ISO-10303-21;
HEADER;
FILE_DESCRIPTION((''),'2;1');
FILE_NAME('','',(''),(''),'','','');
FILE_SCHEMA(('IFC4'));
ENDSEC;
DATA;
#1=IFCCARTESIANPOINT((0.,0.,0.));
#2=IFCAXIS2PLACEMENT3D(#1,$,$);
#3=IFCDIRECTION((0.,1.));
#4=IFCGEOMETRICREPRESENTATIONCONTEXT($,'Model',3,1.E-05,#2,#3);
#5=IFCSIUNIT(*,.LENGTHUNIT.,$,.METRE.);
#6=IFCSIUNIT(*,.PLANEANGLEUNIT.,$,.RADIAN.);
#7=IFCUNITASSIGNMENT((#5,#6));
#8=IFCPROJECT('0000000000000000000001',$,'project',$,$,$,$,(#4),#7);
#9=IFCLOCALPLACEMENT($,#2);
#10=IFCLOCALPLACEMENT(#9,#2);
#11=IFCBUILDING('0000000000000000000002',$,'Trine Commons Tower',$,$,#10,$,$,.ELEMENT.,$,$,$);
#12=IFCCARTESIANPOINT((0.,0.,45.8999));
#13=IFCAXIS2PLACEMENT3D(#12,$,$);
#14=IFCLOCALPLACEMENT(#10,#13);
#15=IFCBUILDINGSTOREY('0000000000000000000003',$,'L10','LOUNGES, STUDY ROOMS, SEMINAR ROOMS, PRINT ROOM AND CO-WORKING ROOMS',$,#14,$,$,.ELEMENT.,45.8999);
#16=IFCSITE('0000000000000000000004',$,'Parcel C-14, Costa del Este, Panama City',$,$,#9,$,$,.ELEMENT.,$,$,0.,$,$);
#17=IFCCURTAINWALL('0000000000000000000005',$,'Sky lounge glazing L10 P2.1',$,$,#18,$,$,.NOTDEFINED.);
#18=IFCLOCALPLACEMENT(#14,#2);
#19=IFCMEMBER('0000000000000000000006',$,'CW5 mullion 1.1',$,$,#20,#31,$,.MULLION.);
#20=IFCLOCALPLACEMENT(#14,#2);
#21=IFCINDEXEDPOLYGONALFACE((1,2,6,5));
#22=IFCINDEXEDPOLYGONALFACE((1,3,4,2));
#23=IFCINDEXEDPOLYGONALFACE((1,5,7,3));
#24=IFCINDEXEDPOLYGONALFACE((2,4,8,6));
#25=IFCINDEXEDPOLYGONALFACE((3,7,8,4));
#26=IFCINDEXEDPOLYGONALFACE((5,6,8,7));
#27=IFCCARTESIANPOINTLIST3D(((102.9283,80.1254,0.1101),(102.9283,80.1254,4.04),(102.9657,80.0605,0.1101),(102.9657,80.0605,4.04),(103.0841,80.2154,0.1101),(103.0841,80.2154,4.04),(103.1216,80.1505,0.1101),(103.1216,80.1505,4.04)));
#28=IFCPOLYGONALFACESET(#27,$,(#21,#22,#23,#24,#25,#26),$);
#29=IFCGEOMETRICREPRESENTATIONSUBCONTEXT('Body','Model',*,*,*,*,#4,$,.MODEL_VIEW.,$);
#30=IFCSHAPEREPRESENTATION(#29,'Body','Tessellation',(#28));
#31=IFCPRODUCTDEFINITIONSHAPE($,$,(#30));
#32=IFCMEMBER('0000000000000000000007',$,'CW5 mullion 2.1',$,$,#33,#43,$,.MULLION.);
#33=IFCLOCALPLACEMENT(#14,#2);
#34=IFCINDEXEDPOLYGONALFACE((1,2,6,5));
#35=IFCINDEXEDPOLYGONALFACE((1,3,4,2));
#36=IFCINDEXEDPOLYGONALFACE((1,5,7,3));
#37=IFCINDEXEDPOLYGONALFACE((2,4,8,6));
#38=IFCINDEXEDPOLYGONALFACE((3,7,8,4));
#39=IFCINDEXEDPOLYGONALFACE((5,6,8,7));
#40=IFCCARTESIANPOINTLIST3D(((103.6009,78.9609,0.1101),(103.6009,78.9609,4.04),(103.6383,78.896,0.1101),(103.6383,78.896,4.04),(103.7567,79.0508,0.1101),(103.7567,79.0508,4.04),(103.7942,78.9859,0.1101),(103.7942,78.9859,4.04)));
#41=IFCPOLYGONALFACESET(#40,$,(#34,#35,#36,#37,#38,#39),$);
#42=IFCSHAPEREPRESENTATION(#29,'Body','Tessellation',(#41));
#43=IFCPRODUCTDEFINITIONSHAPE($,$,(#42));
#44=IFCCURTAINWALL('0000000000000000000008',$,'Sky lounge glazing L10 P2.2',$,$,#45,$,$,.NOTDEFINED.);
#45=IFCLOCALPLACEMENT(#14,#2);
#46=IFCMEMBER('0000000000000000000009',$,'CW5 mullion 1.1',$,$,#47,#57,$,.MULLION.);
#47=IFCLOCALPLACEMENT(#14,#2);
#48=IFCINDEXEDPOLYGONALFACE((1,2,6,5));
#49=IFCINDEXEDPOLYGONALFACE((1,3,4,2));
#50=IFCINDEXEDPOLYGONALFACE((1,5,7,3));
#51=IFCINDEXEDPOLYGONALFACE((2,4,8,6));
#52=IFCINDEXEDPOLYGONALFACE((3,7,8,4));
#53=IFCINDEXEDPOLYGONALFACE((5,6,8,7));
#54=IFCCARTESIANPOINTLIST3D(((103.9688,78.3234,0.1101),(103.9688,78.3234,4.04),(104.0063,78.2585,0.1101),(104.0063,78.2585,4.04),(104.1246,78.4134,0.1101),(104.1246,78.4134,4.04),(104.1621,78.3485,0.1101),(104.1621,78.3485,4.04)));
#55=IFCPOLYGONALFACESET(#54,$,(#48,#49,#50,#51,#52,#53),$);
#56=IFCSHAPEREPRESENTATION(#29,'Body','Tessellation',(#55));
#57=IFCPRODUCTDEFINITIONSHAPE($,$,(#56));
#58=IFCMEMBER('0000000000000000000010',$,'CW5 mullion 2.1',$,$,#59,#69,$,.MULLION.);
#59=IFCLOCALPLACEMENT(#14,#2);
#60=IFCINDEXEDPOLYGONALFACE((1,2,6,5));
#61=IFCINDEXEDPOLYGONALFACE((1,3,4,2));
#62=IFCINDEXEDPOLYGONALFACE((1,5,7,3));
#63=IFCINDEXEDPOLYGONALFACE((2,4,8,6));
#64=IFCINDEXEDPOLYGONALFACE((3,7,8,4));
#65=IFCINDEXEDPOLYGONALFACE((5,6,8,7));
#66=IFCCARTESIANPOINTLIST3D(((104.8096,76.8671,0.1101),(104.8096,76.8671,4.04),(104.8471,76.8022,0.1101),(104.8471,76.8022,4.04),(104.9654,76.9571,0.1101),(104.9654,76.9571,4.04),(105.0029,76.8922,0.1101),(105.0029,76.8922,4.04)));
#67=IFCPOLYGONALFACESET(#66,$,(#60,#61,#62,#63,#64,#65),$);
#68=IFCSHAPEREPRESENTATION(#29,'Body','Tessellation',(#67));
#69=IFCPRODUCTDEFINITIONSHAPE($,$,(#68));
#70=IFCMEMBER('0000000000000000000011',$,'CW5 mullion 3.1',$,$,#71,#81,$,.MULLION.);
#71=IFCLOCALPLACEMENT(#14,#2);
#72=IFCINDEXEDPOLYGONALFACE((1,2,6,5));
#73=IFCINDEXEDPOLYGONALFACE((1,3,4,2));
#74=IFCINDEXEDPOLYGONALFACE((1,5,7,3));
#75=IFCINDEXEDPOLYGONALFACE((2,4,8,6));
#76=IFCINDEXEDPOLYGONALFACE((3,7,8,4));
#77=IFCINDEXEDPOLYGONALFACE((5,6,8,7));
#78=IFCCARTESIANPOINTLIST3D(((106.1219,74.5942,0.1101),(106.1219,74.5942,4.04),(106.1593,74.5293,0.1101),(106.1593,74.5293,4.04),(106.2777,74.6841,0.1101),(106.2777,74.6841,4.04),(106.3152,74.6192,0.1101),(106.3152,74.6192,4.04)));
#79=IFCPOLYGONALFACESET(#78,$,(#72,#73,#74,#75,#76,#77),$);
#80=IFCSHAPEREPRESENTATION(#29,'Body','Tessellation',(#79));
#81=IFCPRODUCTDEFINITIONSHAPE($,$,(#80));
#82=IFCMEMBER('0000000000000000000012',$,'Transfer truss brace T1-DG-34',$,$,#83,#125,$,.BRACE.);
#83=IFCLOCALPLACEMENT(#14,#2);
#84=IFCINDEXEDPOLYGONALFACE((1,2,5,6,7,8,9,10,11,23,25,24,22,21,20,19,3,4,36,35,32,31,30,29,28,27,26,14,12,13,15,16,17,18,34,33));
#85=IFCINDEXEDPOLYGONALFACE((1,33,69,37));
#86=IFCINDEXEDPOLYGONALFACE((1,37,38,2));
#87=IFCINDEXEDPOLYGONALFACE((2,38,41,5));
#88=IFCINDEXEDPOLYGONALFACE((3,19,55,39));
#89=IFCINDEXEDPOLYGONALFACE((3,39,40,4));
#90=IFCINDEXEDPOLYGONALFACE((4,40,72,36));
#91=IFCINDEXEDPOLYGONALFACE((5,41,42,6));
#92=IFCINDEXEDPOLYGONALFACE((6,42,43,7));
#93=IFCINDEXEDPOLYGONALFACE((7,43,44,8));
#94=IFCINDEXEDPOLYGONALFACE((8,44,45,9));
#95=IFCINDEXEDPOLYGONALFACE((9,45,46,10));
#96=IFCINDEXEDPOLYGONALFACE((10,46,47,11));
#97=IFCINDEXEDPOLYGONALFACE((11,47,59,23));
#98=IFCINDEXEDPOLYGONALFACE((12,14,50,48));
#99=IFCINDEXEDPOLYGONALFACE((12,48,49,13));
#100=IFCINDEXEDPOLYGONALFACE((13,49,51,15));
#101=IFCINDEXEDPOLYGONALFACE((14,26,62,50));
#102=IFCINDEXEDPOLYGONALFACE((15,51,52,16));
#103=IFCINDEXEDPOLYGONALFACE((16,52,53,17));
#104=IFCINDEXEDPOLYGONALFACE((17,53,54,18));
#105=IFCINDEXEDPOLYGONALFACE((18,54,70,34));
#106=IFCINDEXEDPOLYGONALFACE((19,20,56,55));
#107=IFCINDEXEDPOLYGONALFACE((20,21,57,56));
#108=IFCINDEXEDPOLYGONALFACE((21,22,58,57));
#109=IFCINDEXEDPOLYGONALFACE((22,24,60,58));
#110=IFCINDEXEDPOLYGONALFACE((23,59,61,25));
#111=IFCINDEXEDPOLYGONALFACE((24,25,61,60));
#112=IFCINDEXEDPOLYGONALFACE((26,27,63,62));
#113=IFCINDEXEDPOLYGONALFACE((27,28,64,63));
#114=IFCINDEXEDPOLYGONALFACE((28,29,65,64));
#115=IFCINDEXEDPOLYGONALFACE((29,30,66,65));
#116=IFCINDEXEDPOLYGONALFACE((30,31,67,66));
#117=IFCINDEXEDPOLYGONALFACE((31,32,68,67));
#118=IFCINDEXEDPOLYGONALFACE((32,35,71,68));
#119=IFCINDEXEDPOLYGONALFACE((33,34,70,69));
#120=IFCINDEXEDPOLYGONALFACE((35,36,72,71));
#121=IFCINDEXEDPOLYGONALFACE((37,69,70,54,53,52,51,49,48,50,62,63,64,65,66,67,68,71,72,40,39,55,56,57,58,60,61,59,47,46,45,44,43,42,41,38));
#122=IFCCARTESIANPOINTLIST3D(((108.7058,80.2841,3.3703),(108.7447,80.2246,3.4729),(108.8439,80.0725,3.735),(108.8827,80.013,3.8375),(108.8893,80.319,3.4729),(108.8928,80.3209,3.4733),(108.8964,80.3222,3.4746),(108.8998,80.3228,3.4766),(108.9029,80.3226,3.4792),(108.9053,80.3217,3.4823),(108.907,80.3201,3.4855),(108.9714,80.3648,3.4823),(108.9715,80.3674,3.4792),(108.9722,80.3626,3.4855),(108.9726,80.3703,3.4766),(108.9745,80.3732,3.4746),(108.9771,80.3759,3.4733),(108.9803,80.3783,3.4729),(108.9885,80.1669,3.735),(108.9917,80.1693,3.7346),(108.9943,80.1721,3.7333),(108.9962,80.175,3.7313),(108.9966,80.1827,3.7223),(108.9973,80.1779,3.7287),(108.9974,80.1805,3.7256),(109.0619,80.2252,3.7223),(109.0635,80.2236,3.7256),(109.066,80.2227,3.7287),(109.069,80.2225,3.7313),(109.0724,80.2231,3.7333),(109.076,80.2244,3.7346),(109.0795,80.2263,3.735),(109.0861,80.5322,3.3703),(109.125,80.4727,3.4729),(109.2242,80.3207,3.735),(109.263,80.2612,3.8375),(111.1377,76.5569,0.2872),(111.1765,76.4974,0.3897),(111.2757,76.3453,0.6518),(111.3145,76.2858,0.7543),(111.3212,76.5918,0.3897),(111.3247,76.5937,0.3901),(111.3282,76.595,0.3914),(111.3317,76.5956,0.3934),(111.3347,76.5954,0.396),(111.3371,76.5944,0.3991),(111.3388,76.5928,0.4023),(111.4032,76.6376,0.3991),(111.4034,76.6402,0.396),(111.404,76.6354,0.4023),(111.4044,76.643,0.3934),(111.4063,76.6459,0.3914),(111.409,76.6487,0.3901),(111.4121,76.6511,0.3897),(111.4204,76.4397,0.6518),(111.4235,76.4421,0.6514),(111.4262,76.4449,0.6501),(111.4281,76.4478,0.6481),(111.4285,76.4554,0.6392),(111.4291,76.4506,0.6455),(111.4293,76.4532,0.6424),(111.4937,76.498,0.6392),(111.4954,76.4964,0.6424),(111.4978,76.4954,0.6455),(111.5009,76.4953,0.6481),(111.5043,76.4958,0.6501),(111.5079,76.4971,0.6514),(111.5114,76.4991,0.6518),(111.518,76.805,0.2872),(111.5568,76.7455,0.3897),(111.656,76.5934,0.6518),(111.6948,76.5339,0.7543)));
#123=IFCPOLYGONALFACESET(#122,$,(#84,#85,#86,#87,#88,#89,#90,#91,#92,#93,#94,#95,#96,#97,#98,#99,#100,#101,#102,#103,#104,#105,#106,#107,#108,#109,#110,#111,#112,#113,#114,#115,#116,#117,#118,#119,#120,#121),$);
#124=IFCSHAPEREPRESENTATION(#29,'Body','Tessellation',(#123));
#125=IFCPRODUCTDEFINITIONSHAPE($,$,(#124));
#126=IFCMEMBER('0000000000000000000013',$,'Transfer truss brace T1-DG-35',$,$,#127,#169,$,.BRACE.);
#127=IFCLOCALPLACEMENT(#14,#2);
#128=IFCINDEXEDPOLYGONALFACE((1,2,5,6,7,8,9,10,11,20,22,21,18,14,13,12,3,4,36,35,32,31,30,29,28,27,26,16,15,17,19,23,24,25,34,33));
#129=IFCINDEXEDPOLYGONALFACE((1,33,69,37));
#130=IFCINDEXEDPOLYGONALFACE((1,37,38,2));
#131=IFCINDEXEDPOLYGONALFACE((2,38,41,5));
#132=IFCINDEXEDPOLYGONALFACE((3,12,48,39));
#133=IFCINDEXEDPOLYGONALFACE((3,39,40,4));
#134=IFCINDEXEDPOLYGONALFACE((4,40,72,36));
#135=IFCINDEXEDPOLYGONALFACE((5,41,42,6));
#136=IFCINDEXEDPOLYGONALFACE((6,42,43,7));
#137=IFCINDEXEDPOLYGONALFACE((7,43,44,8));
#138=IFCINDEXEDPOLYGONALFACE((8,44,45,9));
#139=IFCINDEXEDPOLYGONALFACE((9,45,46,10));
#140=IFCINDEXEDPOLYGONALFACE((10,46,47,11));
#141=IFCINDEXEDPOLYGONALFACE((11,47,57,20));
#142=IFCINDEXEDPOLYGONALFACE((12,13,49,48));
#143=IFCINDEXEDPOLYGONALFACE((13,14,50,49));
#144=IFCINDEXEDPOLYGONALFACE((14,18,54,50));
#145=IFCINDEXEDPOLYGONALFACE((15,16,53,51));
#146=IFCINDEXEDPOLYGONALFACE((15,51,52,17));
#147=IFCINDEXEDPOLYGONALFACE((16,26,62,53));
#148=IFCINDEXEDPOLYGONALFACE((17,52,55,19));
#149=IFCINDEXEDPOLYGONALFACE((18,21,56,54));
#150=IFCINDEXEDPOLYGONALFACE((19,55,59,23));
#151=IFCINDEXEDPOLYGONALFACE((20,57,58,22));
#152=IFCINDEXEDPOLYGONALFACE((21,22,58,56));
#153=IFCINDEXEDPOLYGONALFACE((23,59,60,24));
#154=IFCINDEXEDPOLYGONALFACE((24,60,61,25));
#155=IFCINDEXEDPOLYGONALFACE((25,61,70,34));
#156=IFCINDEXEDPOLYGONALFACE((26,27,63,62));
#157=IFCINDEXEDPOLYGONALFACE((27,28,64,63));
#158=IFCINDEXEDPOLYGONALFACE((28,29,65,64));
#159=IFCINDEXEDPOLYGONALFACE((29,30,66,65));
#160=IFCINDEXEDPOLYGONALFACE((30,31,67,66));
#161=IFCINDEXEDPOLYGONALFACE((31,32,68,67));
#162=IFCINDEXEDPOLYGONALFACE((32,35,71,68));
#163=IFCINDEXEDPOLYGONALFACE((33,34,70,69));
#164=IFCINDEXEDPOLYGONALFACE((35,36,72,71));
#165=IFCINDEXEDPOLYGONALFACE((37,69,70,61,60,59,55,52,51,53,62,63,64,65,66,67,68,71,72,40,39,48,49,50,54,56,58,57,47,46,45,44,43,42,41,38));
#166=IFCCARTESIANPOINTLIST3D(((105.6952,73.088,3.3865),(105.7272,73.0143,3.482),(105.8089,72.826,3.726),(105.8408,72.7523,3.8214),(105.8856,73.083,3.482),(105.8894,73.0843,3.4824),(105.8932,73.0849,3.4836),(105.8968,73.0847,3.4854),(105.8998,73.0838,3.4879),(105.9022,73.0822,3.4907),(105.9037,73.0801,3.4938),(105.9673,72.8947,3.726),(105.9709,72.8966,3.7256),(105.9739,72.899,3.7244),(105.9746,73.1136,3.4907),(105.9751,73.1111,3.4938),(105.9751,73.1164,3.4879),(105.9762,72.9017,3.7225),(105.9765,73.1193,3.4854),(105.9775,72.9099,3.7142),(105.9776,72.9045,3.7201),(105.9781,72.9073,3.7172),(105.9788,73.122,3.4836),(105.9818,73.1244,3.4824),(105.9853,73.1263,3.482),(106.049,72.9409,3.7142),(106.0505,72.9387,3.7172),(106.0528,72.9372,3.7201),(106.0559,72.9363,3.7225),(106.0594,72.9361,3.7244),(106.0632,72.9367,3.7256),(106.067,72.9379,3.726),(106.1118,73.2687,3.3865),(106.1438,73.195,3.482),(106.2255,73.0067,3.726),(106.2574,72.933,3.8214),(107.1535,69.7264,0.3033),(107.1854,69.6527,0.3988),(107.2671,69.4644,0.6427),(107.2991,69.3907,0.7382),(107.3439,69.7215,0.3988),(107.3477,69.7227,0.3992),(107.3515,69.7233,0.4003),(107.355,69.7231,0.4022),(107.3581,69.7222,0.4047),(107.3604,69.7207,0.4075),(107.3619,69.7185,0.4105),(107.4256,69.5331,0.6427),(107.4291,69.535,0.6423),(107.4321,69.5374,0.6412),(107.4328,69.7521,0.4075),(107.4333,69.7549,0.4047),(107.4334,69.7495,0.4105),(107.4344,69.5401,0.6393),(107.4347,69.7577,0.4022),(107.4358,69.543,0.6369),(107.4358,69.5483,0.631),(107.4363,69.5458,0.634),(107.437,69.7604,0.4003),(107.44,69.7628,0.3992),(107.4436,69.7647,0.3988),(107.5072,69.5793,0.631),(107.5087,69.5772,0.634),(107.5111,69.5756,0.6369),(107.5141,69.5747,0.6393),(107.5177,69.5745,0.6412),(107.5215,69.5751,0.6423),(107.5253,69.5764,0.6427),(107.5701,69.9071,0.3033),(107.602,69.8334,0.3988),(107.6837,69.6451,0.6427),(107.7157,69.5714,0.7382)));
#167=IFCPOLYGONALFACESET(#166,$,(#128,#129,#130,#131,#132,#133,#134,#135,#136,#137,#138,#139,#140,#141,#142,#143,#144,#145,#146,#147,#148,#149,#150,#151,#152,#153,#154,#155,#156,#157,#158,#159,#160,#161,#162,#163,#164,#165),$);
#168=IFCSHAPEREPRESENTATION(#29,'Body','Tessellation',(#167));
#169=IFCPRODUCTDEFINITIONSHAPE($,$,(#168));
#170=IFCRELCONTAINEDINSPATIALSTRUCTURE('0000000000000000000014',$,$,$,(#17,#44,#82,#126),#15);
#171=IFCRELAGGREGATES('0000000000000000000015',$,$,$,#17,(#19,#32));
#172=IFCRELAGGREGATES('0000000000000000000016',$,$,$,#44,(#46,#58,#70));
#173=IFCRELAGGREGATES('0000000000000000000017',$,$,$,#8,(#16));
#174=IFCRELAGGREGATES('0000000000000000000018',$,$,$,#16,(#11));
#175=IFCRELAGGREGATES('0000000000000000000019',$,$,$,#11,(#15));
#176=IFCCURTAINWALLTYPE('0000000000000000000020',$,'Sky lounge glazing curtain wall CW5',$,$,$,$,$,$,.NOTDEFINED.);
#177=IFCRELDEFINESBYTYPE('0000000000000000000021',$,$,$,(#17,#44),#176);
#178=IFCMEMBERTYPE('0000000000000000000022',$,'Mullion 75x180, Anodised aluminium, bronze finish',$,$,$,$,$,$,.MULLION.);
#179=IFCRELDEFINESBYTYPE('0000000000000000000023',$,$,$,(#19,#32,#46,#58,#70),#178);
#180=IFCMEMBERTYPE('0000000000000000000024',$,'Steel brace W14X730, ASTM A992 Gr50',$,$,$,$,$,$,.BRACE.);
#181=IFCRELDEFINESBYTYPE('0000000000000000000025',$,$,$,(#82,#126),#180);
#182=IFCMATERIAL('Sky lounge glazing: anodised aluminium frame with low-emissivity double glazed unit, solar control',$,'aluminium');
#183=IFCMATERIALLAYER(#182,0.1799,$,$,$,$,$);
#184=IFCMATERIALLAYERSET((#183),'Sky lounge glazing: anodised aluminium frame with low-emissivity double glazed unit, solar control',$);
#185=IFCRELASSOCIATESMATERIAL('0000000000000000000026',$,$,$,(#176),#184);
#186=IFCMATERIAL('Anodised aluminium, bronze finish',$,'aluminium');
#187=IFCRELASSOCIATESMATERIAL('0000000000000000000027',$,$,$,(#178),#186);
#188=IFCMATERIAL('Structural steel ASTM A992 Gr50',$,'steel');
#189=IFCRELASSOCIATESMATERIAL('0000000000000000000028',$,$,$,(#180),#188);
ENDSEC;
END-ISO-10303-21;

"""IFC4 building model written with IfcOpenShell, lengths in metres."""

from ifc_helpers import new_model, si_unit, direction, frame, origin, origin_2d, place, context, subcontext, project, spatial, rectangle, i_section, extrude, material, layer, layer_set, material_profile, profile_set, type_object, element, aggregate, save


model = new_model("IFC4")

# Units and contexts
model_context = context("Model", 3, precision=1e-05, world=origin(), true_north=direction((0.0, 1.0)))
body_context = subcontext(model_context, "Body", "Model", "MODEL_VIEW")
ifc_project = project(units=[si_unit("LENGTHUNIT", "METRE"), si_unit("PLANEANGLEUNIT", "RADIAN")], contexts=[model_context])

# Site, building, storey
site_placement = place(None, origin())
site = spatial("IfcSite", under=ifc_project, at=site_placement, Name="Parcel C-14, Costa del Este, Panama City", CompositionType="ELEMENT", RefElevation=0.0)
building_placement = place(site_placement, origin())
building = spatial("IfcBuilding", under=site, at=building_placement, Name="Trine Commons Tower", CompositionType="ELEMENT")
storey_placement = place(building_placement, frame((0.0, 0.0, 45.8999)))
storey = spatial("IfcBuildingStorey", under=building, at=storey_placement, Name="L10", Description="LOUNGES, STUDY ROOMS, SEMINAR ROOMS, PRINT ROOM AND CO-WORKING ROOMS", CompositionType="ELEMENT", Elevation=45.8999)

# Curtain walls, members
ifc_material_1 = material(Name="Sky lounge glazing: anodised aluminium frame with low-emissivity double glazed unit, solar control", Category="aluminium")
ifc_layer_1 = layer(ifc_material_1, 0.1799)
ifc_layer_set_1 = layer_set([ifc_layer_1], Name="Sky lounge glazing: anodised aluminium frame with low-emissivity double glazed unit, solar control")
curtain_wall_type = type_object("IfcCurtainWallType", Name="Sky lounge glazing curtain wall CW5", PredefinedType="NOTDEFINED", material=ifc_layer_set_1)
curtain_wall_1_placement = place(storey_placement, origin())
curtain_wall_1 = element("IfcCurtainWall", 1, at=curtain_wall_1_placement, inside=storey, type_object=curtain_wall_type, Name="Sky lounge glazing L10 P2.1", PredefinedType="NOTDEFINED")
ifc_material_2 = material(Name="Anodised aluminium, bronze finish", Category="aluminium")
ifc_material_profile_1 = material_profile(ifc_material_2, rectangle(XDim=0.1799, YDim=0.075, at=origin_2d()), Name="Mullion 75x180")
ifc_profile_set_1 = profile_set([ifc_material_profile_1], Name="Anodised aluminium, bronze finish")
member_type_1 = type_object("IfcMemberType", Name="Mullion 75x180, Anodised aluminium, bronze finish", PredefinedType="MULLION", material=ifc_profile_set_1)
member_1_placement = place(storey_placement, frame((103.0249, 80.1379, 0.1101), z_axis=(0.0, 0.0, 1.0), x_axis=(0.866025, 0.5, 0.0)))
member_1 = element("IfcMember", 2, at=member_1_placement, type_object=member_type_1, Name="CW5 mullion 1.1", PredefinedType="MULLION", context=body_context, shape_type="SweptSolid", body=[
    extrude(rectangle(XDim=0.1799, YDim=0.075, at=origin_2d()), origin(), (0.0, 0.0, 1.0), 3.9299),
])
member_2_placement = place(storey_placement, frame((103.6975, 78.9734, 0.1101), z_axis=(0.0, 0.0, 1.0), x_axis=(0.866025, 0.5, 0.0)))
member_2 = element("IfcMember", 3, at=member_2_placement, type_object=member_type_1, Name="CW5 mullion 2.1", PredefinedType="MULLION", context=body_context, shape_type="SweptSolid", body=[
    extrude(rectangle(XDim=0.1799, YDim=0.075, at=origin_2d()), origin(), (0.0, 0.0, 1.0), 3.9299),
])
curtain_wall_2_placement = place(storey_placement, origin())
curtain_wall_2 = element("IfcCurtainWall", 4, at=curtain_wall_2_placement, inside=storey, type_object=curtain_wall_type, Name="Sky lounge glazing L10 P2.2", PredefinedType="NOTDEFINED")
member_3_placement = place(storey_placement, frame((104.0654, 78.3359, 0.1101), z_axis=(0.0, 0.0, 1.0), x_axis=(0.866025, 0.5, 0.0)))
member_3 = element("IfcMember", 5, at=member_3_placement, type_object=member_type_1, Name="CW5 mullion 1.1", PredefinedType="MULLION", context=body_context, shape_type="SweptSolid", body=[
    extrude(rectangle(XDim=0.1799, YDim=0.075, at=origin_2d()), origin(), (0.0, 0.0, 1.0), 3.9299),
])
member_4_placement = place(storey_placement, frame((104.9062, 76.8796, 0.1101), z_axis=(0.0, 0.0, 1.0), x_axis=(0.866025, 0.5, 0.0)))
member_4 = element("IfcMember", 6, at=member_4_placement, type_object=member_type_1, Name="CW5 mullion 2.1", PredefinedType="MULLION", context=body_context, shape_type="SweptSolid", body=[
    extrude(rectangle(XDim=0.1799, YDim=0.075, at=origin_2d()), origin(), (0.0, 0.0, 1.0), 3.9299),
])
member_5_placement = place(storey_placement, frame((106.2185, 74.6067, 0.1101), z_axis=(0.0, 0.0, 1.0), x_axis=(0.866025, 0.5, 0.0)))
member_5 = element("IfcMember", 7, at=member_5_placement, type_object=member_type_1, Name="CW5 mullion 3.1", PredefinedType="MULLION", context=body_context, shape_type="SweptSolid", body=[
    extrude(rectangle(XDim=0.1799, YDim=0.075, at=origin_2d()), origin(), (0.0, 0.0, 1.0), 3.9299),
])

# Members
ifc_material_3 = material(Name="Structural steel ASTM A992 Gr50", Category="steel")
ifc_material_profile_2 = material_profile(ifc_material_3, i_section(OverallWidth=0.4541, OverallDepth=0.5684, WebThickness=0.0779, FlangeThickness=0.1248, FilletRadius=0.0154, at=origin_2d()), Name="W14X730")
ifc_profile_set_2 = profile_set([ifc_material_profile_2], Name="Structural steel ASTM A992 Gr50")
member_type_2 = type_object("IfcMemberType", Name="Steel brace W14X730, ASTM A992 Gr50", PredefinedType="BRACE", material=ifc_profile_set_2)
member_6_placement = place(storey_placement, frame((111.4163, 76.5454, 0.5208), z_axis=(-0.44917, 0.688433, 0.569478), x_axis=(-0.837504, -0.546432, 0.0)))
element("IfcMember", 8, at=member_6_placement, inside=storey, type_object=member_type_2, Name="Transfer truss brace T1-DG-34", PredefinedType="BRACE", context=body_context, shape_type="SweptSolid", body=[
    extrude(i_section(OverallWidth=0.4541, OverallDepth=0.5684, WebThickness=0.0779, FlangeThickness=0.1248, FilletRadius=0.0154, at=origin_2d()), origin(), (0.0, 0.0, 1.0), 5.4141),
])
member_7_placement = place(storey_placement, frame((107.4346, 69.6489, 0.5208), z_axis=(-0.30451, 0.701958, 0.643839), x_axis=(-0.917399, -0.397968, 0.0)))
element("IfcMember", 9, at=member_7_placement, inside=storey, type_object=member_type_2, Name="Transfer truss brace T1-DG-35", PredefinedType="BRACE", context=body_context, shape_type="SweptSolid", body=[
    extrude(i_section(OverallWidth=0.4541, OverallDepth=0.5684, WebThickness=0.0779, FlangeThickness=0.1248, FilletRadius=0.0154, at=origin_2d()), origin(), (0.0, 0.0, 1.0), 4.7888),
])

aggregate(curtain_wall_1, [member_1, member_2])
aggregate(curtain_wall_2, [member_3, member_4, member_5])

save(model, "model.ifc")
